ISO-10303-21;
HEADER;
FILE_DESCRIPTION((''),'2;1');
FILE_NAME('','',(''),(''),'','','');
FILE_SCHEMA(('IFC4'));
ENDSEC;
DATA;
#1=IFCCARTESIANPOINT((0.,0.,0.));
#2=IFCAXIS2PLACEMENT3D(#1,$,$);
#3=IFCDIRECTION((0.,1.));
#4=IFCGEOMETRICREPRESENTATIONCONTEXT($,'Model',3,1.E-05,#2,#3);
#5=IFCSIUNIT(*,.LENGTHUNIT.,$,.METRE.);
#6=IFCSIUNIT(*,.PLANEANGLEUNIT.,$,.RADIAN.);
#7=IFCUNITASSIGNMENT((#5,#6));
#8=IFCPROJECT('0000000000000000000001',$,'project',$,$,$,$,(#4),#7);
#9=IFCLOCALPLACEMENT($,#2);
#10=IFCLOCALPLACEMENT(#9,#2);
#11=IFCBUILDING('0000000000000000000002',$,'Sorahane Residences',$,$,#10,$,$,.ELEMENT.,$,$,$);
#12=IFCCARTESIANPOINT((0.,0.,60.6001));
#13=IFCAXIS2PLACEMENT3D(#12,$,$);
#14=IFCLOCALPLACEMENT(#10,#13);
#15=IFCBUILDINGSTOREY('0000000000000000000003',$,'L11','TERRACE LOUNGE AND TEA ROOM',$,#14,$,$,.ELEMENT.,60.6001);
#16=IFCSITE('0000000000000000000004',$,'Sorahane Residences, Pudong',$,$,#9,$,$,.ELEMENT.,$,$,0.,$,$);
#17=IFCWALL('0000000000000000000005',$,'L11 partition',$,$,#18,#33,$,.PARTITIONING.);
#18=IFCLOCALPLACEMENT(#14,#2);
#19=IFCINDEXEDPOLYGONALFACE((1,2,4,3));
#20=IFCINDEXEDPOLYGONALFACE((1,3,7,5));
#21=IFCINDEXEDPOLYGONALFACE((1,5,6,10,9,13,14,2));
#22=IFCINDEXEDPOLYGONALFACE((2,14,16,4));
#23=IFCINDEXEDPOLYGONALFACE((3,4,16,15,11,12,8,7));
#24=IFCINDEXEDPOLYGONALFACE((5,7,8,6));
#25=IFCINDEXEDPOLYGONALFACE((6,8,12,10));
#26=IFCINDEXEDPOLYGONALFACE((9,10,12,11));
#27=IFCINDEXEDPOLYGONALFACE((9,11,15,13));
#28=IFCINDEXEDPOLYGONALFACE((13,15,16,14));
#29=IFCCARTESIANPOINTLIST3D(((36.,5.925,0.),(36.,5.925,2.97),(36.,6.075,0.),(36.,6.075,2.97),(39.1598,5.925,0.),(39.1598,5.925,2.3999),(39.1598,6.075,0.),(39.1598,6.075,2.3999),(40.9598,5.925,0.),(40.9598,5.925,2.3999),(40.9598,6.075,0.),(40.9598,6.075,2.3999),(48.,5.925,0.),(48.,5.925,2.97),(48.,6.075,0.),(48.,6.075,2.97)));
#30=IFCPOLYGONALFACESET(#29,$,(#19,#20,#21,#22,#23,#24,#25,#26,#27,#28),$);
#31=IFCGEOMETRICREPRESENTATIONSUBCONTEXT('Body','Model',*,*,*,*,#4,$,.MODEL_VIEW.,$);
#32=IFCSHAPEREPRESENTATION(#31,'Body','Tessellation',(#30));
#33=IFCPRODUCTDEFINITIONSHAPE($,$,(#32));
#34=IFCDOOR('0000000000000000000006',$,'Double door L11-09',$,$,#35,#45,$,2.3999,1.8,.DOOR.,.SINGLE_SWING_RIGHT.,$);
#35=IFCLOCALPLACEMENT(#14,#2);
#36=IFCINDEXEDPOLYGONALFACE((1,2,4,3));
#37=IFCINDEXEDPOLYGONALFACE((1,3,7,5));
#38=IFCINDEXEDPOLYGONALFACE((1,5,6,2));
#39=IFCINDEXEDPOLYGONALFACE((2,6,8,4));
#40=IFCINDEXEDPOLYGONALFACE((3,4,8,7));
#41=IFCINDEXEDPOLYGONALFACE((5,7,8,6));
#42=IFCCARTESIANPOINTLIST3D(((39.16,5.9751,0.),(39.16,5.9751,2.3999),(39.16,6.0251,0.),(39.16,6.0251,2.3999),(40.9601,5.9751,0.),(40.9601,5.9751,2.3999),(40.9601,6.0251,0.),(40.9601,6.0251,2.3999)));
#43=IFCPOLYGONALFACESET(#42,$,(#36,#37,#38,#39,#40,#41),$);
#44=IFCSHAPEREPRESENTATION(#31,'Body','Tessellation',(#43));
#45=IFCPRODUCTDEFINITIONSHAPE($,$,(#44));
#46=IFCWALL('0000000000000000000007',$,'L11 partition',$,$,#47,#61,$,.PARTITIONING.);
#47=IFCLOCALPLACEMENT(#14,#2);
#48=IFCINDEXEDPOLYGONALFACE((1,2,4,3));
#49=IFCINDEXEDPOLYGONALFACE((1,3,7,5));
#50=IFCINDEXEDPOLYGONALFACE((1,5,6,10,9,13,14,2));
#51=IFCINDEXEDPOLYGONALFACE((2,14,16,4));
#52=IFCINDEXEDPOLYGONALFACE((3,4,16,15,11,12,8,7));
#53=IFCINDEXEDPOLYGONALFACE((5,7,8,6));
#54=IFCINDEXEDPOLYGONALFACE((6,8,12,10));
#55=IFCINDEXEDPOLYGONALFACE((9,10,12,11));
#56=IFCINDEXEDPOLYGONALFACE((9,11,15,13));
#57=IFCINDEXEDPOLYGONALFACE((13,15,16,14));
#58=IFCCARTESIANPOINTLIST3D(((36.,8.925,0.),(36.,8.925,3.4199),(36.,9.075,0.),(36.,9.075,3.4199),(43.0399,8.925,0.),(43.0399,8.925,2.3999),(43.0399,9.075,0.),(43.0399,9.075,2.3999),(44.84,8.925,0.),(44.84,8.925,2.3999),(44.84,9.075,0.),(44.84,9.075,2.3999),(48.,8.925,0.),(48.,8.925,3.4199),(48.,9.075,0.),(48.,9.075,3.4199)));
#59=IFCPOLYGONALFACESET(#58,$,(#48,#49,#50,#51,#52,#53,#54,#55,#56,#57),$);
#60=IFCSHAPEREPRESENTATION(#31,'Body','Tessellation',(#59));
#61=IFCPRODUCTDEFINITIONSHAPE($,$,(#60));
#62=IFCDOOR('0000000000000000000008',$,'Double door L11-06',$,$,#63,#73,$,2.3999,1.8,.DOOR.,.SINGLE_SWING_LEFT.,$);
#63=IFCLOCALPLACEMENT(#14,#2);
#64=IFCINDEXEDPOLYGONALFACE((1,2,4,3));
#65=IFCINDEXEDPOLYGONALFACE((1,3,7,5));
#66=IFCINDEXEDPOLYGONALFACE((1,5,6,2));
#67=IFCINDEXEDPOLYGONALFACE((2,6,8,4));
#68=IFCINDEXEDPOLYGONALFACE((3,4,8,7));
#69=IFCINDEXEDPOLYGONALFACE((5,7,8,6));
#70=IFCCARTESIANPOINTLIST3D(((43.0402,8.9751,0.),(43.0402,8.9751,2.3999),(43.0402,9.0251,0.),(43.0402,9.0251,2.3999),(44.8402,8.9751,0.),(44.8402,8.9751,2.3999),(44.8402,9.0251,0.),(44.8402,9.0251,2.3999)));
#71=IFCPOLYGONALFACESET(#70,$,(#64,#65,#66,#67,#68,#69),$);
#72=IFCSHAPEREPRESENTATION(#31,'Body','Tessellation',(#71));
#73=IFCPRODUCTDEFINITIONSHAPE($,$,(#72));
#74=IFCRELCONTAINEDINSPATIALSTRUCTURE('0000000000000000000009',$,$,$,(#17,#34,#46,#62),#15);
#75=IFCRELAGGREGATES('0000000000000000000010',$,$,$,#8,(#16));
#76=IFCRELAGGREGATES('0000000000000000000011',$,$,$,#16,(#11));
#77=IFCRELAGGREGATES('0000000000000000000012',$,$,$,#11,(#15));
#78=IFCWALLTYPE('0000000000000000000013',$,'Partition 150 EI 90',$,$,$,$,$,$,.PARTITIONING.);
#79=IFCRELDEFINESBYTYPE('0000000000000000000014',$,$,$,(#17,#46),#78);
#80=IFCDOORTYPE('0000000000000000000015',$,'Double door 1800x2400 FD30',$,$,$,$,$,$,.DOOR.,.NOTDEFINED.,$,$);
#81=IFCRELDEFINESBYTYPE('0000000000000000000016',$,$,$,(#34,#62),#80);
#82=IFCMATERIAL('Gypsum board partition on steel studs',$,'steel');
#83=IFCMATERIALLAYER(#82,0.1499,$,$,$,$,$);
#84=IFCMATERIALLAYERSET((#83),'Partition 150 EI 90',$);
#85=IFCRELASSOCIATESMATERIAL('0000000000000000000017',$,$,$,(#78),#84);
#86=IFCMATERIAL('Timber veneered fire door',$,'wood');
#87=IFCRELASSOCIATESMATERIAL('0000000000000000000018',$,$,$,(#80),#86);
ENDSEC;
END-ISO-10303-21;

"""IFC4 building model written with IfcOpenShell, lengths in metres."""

from ifc_helpers import new_model, si_unit, direction, frame, frame_2d, origin, place, context, subcontext, project, spatial, rectangle, extrude, material, layer, layer_set, type_object, element, fill, save


model = new_model("IFC4")

# Units and contexts
model_context = context("Model", 3, precision=1e-05, world=origin(), true_north=direction((0.0, 1.0)))
body_context = subcontext(model_context, "Body", "Model", "MODEL_VIEW")
ifc_project = project(units=[si_unit("LENGTHUNIT", "METRE"), si_unit("PLANEANGLEUNIT", "RADIAN")], contexts=[model_context])

# Site, building, storey
site_placement = place(None, origin())
site = spatial("IfcSite", under=ifc_project, at=site_placement, Name="Sorahane Residences, Pudong", CompositionType="ELEMENT", RefElevation=0.0)
building_placement = place(site_placement, origin())
building = spatial("IfcBuilding", under=site, at=building_placement, Name="Sorahane Residences", CompositionType="ELEMENT")
storey_placement = place(building_placement, frame((0.0, 0.0, 60.6001)))
storey = spatial("IfcBuildingStorey", under=building, at=storey_placement, Name="L11", Description="TERRACE LOUNGE AND TEA ROOM", CompositionType="ELEMENT", Elevation=60.6001)

# Shared definitions
ifc_material_1 = material(Name="Gypsum board partition on steel studs", Category="steel")
ifc_layer_1 = layer(ifc_material_1, 0.1499)
ifc_layer_set_1 = layer_set([ifc_layer_1], Name="Partition 150 EI 90")
wall_type_1 = type_object("IfcWallType", Name="Partition 150 EI 90", PredefinedType="PARTITIONING", material=ifc_layer_set_1)

# Walls, openings, doors
wall_1_placement = place(storey_placement, frame((36.0, 6.0, 0.0), z_axis=(0.0, 0.0, 1.0), x_axis=(1.0, 0.0, 0.0)))
wall_1 = element("IfcWall", 1, at=wall_1_placement, inside=storey, type_object=wall_type_1, Name="L11 partition", PredefinedType="PARTITIONING", context=body_context, shape_type="SweptSolid", body=[
    extrude(rectangle(XDim=12.0, YDim=0.1499, at=frame_2d((6.0, 0.0))), origin(), (0.0, 0.0, 1.0), 2.97),
])
opening_1_placement = place(wall_1_placement, frame((3.1599, 0.0, 0.0)))
opening_1 = element("IfcOpeningElement", 2, at=opening_1_placement, cuts=wall_1, PredefinedType="OPENING", context=body_context, shape_type="SweptSolid", body=[
    extrude(rectangle(XDim=1.8, YDim=2.3999, at=frame_2d((0.8999, 1.2))), frame((0.0, 0.085, 0.0), z_axis=(0.0, -1.0, 0.0), x_axis=(1.0, 0.0, 0.0)), (0.0, 0.0, 1.0), 0.1699),
])
ifc_material_2 = material(Name="Timber veneered fire door", Category="wood")
door_type_1 = type_object("IfcDoorType", Name="Double door 1800x2400 FD30", OperationType="NOTDEFINED", PredefinedType="DOOR", material=ifc_material_2)
door_1_placement = place(opening_1_placement, frame((1.8, 0.0, 0.0), z_axis=(0.0, 0.0, 1.0), x_axis=(-1.0, 0.0, 0.0)))
door_1 = element("IfcDoor", 3, at=door_1_placement, inside=storey, type_object=door_type_1, Name="Double door L11-09", OperationType="SINGLE_SWING_RIGHT", OverallHeight=2.3999, OverallWidth=1.8, PredefinedType="DOOR", context=body_context, shape_type="SweptSolid", body=[
    extrude(rectangle(XDim=1.8, YDim=2.3999, at=frame_2d((0.8999, 1.2))), frame((0.0, 0.0249, 0.0), z_axis=(0.0, -1.0, 0.0), x_axis=(1.0, 0.0, 0.0)), (0.0, 0.0, 1.0), 0.05),
])
fill(opening_1, door_1)
wall_2_placement = place(storey_placement, frame((36.0, 9.0, 0.0), z_axis=(0.0, 0.0, 1.0), x_axis=(1.0, 0.0, 0.0)))
wall_2 = element("IfcWall", 4, at=wall_2_placement, inside=storey, type_object=wall_type_1, Name="L11 partition", PredefinedType="PARTITIONING", context=body_context, shape_type="SweptSolid", body=[
    extrude(rectangle(XDim=12.0, YDim=0.1499, at=frame_2d((6.0, 0.0))), origin(), (0.0, 0.0, 1.0), 3.4199),
])
opening_2_placement = place(wall_2_placement, frame((7.04, 0.0, 0.0)))
opening_2 = element("IfcOpeningElement", 5, at=opening_2_placement, cuts=wall_2, PredefinedType="OPENING", context=body_context, shape_type="SweptSolid", body=[
    extrude(rectangle(XDim=1.8, YDim=2.3999, at=frame_2d((0.8999, 1.2))), frame((0.0, 0.085, 0.0), z_axis=(0.0, -1.0, 0.0), x_axis=(1.0, 0.0, 0.0)), (0.0, 0.0, 1.0), 0.1699),
])
door_2_placement = place(opening_2_placement, frame((1.8, 0.0, 0.0), z_axis=(0.0, 0.0, 1.0), x_axis=(-1.0, 0.0, 0.0)))
door_2 = element("IfcDoor", 6, at=door_2_placement, inside=storey, type_object=door_type_1, Name="Double door L11-06", OperationType="SINGLE_SWING_LEFT", OverallHeight=2.3999, OverallWidth=1.8, PredefinedType="DOOR", context=body_context, shape_type="SweptSolid", body=[
    extrude(rectangle(XDim=1.8, YDim=2.3999, at=frame_2d((0.8999, 1.2))), frame((0.0, 0.0249, 0.0), z_axis=(0.0, -1.0, 0.0), x_axis=(1.0, 0.0, 0.0)), (0.0, 0.0, 1.0), 0.05),
])
fill(opening_2, door_2)

save(model, "model.ifc")
